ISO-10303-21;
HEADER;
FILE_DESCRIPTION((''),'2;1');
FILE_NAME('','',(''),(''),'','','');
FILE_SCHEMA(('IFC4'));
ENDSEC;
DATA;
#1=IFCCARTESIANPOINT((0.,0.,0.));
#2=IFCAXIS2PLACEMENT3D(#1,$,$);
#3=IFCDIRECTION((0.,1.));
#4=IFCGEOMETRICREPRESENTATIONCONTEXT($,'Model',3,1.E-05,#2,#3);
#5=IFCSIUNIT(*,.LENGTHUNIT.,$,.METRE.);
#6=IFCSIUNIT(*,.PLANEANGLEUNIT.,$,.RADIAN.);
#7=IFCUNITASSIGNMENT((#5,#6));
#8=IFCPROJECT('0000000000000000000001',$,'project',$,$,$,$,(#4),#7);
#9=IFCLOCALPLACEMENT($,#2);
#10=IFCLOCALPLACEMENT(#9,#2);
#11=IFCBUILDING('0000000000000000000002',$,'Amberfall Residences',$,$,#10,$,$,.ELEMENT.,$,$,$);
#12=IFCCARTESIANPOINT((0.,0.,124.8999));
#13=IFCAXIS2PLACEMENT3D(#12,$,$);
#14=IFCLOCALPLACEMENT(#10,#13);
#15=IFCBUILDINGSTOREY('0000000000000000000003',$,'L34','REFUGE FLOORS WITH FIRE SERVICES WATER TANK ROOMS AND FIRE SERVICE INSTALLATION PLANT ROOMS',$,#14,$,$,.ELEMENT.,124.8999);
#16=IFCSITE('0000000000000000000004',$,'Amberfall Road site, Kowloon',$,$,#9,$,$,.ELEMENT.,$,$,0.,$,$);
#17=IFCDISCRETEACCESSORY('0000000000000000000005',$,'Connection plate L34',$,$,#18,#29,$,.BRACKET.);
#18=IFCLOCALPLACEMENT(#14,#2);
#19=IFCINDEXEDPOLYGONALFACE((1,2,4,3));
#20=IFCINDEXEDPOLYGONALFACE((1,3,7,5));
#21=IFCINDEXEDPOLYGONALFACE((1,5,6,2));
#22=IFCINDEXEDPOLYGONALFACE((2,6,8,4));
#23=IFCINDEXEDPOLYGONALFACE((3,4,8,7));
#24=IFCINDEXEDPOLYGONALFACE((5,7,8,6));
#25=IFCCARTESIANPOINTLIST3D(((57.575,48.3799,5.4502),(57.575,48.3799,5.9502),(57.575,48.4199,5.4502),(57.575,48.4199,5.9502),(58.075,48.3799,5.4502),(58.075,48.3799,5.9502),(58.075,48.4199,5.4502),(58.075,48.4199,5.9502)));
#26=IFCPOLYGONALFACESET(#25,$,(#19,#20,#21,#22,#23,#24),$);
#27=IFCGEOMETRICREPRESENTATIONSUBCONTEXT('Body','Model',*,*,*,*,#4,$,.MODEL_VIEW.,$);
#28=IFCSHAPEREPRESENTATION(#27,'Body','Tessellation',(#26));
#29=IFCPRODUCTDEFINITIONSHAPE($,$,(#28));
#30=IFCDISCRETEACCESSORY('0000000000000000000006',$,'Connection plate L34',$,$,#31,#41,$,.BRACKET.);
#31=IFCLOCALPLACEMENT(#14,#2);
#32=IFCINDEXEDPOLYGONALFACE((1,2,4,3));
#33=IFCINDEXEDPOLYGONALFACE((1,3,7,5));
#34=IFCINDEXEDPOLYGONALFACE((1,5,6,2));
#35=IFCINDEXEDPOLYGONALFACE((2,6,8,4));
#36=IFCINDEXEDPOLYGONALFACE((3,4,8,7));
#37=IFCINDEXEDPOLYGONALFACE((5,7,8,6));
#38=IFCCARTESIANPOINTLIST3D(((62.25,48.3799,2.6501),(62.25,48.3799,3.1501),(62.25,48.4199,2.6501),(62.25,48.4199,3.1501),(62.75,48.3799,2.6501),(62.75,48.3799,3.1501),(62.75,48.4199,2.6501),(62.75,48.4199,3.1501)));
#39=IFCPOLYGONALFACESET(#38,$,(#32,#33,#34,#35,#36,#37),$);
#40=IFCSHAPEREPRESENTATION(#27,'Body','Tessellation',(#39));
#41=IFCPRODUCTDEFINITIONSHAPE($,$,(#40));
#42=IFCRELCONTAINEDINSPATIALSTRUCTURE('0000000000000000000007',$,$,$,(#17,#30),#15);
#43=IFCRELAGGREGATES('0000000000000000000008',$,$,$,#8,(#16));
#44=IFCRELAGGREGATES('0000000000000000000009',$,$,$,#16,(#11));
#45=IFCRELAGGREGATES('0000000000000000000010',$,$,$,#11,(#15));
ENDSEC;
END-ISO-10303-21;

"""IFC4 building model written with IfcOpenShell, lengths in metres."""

from ifc_helpers import new_model, si_unit, direction, frame, origin, origin_2d, place, context, subcontext, project, spatial, rectangle, extrude, element, save


model = new_model("IFC4")

# Units and contexts
model_context = context("Model", 3, precision=1e-05, world=origin(), true_north=direction((0.0, 1.0)))
body_context = subcontext(model_context, "Body", "Model", "MODEL_VIEW")
ifc_project = project(units=[si_unit("LENGTHUNIT", "METRE"), si_unit("PLANEANGLEUNIT", "RADIAN")], contexts=[model_context])

# Site, building, storey
site_placement = place(None, origin())
site = spatial("IfcSite", under=ifc_project, at=site_placement, Name="Amberfall Road site, Kowloon", CompositionType="ELEMENT", RefElevation=0.0)
building_placement = place(site_placement, origin())
building = spatial("IfcBuilding", under=site, at=building_placement, Name="Amberfall Residences", CompositionType="ELEMENT")
storey_placement = place(building_placement, frame((0.0, 0.0, 124.8999)))
storey = spatial("IfcBuildingStorey", under=building, at=storey_placement, Name="L34", Description="REFUGE FLOORS WITH FIRE SERVICES WATER TANK ROOMS AND FIRE SERVICE INSTALLATION PLANT ROOMS", CompositionType="ELEMENT", Elevation=124.8999)

# Discrete accessories
for number, where, z_axis, x_axis, name in (
    (1, (57.825, 48.3999, 5.4502), (0.0, 0.0, 1.0), (1.0, 0.0, 0.0), "Connection plate L34"),
    (2, (62.5, 48.3999, 2.6501), (0.0, 0.0, 1.0), (1.0, 0.0, 0.0), "Connection plate L34"),
):
    element("IfcDiscreteAccessory", number, at=place(storey_placement, frame(where, z_axis=z_axis, x_axis=x_axis)), inside=storey, Name=name, PredefinedType="BRACKET", context=body_context, shape_type="SweptSolid", body=[
        extrude(rectangle(XDim=0.5, YDim=0.04, at=origin_2d()), origin(), (0.0, 0.0, 1.0), 0.5),
    ])

save(model, "model.ifc")
